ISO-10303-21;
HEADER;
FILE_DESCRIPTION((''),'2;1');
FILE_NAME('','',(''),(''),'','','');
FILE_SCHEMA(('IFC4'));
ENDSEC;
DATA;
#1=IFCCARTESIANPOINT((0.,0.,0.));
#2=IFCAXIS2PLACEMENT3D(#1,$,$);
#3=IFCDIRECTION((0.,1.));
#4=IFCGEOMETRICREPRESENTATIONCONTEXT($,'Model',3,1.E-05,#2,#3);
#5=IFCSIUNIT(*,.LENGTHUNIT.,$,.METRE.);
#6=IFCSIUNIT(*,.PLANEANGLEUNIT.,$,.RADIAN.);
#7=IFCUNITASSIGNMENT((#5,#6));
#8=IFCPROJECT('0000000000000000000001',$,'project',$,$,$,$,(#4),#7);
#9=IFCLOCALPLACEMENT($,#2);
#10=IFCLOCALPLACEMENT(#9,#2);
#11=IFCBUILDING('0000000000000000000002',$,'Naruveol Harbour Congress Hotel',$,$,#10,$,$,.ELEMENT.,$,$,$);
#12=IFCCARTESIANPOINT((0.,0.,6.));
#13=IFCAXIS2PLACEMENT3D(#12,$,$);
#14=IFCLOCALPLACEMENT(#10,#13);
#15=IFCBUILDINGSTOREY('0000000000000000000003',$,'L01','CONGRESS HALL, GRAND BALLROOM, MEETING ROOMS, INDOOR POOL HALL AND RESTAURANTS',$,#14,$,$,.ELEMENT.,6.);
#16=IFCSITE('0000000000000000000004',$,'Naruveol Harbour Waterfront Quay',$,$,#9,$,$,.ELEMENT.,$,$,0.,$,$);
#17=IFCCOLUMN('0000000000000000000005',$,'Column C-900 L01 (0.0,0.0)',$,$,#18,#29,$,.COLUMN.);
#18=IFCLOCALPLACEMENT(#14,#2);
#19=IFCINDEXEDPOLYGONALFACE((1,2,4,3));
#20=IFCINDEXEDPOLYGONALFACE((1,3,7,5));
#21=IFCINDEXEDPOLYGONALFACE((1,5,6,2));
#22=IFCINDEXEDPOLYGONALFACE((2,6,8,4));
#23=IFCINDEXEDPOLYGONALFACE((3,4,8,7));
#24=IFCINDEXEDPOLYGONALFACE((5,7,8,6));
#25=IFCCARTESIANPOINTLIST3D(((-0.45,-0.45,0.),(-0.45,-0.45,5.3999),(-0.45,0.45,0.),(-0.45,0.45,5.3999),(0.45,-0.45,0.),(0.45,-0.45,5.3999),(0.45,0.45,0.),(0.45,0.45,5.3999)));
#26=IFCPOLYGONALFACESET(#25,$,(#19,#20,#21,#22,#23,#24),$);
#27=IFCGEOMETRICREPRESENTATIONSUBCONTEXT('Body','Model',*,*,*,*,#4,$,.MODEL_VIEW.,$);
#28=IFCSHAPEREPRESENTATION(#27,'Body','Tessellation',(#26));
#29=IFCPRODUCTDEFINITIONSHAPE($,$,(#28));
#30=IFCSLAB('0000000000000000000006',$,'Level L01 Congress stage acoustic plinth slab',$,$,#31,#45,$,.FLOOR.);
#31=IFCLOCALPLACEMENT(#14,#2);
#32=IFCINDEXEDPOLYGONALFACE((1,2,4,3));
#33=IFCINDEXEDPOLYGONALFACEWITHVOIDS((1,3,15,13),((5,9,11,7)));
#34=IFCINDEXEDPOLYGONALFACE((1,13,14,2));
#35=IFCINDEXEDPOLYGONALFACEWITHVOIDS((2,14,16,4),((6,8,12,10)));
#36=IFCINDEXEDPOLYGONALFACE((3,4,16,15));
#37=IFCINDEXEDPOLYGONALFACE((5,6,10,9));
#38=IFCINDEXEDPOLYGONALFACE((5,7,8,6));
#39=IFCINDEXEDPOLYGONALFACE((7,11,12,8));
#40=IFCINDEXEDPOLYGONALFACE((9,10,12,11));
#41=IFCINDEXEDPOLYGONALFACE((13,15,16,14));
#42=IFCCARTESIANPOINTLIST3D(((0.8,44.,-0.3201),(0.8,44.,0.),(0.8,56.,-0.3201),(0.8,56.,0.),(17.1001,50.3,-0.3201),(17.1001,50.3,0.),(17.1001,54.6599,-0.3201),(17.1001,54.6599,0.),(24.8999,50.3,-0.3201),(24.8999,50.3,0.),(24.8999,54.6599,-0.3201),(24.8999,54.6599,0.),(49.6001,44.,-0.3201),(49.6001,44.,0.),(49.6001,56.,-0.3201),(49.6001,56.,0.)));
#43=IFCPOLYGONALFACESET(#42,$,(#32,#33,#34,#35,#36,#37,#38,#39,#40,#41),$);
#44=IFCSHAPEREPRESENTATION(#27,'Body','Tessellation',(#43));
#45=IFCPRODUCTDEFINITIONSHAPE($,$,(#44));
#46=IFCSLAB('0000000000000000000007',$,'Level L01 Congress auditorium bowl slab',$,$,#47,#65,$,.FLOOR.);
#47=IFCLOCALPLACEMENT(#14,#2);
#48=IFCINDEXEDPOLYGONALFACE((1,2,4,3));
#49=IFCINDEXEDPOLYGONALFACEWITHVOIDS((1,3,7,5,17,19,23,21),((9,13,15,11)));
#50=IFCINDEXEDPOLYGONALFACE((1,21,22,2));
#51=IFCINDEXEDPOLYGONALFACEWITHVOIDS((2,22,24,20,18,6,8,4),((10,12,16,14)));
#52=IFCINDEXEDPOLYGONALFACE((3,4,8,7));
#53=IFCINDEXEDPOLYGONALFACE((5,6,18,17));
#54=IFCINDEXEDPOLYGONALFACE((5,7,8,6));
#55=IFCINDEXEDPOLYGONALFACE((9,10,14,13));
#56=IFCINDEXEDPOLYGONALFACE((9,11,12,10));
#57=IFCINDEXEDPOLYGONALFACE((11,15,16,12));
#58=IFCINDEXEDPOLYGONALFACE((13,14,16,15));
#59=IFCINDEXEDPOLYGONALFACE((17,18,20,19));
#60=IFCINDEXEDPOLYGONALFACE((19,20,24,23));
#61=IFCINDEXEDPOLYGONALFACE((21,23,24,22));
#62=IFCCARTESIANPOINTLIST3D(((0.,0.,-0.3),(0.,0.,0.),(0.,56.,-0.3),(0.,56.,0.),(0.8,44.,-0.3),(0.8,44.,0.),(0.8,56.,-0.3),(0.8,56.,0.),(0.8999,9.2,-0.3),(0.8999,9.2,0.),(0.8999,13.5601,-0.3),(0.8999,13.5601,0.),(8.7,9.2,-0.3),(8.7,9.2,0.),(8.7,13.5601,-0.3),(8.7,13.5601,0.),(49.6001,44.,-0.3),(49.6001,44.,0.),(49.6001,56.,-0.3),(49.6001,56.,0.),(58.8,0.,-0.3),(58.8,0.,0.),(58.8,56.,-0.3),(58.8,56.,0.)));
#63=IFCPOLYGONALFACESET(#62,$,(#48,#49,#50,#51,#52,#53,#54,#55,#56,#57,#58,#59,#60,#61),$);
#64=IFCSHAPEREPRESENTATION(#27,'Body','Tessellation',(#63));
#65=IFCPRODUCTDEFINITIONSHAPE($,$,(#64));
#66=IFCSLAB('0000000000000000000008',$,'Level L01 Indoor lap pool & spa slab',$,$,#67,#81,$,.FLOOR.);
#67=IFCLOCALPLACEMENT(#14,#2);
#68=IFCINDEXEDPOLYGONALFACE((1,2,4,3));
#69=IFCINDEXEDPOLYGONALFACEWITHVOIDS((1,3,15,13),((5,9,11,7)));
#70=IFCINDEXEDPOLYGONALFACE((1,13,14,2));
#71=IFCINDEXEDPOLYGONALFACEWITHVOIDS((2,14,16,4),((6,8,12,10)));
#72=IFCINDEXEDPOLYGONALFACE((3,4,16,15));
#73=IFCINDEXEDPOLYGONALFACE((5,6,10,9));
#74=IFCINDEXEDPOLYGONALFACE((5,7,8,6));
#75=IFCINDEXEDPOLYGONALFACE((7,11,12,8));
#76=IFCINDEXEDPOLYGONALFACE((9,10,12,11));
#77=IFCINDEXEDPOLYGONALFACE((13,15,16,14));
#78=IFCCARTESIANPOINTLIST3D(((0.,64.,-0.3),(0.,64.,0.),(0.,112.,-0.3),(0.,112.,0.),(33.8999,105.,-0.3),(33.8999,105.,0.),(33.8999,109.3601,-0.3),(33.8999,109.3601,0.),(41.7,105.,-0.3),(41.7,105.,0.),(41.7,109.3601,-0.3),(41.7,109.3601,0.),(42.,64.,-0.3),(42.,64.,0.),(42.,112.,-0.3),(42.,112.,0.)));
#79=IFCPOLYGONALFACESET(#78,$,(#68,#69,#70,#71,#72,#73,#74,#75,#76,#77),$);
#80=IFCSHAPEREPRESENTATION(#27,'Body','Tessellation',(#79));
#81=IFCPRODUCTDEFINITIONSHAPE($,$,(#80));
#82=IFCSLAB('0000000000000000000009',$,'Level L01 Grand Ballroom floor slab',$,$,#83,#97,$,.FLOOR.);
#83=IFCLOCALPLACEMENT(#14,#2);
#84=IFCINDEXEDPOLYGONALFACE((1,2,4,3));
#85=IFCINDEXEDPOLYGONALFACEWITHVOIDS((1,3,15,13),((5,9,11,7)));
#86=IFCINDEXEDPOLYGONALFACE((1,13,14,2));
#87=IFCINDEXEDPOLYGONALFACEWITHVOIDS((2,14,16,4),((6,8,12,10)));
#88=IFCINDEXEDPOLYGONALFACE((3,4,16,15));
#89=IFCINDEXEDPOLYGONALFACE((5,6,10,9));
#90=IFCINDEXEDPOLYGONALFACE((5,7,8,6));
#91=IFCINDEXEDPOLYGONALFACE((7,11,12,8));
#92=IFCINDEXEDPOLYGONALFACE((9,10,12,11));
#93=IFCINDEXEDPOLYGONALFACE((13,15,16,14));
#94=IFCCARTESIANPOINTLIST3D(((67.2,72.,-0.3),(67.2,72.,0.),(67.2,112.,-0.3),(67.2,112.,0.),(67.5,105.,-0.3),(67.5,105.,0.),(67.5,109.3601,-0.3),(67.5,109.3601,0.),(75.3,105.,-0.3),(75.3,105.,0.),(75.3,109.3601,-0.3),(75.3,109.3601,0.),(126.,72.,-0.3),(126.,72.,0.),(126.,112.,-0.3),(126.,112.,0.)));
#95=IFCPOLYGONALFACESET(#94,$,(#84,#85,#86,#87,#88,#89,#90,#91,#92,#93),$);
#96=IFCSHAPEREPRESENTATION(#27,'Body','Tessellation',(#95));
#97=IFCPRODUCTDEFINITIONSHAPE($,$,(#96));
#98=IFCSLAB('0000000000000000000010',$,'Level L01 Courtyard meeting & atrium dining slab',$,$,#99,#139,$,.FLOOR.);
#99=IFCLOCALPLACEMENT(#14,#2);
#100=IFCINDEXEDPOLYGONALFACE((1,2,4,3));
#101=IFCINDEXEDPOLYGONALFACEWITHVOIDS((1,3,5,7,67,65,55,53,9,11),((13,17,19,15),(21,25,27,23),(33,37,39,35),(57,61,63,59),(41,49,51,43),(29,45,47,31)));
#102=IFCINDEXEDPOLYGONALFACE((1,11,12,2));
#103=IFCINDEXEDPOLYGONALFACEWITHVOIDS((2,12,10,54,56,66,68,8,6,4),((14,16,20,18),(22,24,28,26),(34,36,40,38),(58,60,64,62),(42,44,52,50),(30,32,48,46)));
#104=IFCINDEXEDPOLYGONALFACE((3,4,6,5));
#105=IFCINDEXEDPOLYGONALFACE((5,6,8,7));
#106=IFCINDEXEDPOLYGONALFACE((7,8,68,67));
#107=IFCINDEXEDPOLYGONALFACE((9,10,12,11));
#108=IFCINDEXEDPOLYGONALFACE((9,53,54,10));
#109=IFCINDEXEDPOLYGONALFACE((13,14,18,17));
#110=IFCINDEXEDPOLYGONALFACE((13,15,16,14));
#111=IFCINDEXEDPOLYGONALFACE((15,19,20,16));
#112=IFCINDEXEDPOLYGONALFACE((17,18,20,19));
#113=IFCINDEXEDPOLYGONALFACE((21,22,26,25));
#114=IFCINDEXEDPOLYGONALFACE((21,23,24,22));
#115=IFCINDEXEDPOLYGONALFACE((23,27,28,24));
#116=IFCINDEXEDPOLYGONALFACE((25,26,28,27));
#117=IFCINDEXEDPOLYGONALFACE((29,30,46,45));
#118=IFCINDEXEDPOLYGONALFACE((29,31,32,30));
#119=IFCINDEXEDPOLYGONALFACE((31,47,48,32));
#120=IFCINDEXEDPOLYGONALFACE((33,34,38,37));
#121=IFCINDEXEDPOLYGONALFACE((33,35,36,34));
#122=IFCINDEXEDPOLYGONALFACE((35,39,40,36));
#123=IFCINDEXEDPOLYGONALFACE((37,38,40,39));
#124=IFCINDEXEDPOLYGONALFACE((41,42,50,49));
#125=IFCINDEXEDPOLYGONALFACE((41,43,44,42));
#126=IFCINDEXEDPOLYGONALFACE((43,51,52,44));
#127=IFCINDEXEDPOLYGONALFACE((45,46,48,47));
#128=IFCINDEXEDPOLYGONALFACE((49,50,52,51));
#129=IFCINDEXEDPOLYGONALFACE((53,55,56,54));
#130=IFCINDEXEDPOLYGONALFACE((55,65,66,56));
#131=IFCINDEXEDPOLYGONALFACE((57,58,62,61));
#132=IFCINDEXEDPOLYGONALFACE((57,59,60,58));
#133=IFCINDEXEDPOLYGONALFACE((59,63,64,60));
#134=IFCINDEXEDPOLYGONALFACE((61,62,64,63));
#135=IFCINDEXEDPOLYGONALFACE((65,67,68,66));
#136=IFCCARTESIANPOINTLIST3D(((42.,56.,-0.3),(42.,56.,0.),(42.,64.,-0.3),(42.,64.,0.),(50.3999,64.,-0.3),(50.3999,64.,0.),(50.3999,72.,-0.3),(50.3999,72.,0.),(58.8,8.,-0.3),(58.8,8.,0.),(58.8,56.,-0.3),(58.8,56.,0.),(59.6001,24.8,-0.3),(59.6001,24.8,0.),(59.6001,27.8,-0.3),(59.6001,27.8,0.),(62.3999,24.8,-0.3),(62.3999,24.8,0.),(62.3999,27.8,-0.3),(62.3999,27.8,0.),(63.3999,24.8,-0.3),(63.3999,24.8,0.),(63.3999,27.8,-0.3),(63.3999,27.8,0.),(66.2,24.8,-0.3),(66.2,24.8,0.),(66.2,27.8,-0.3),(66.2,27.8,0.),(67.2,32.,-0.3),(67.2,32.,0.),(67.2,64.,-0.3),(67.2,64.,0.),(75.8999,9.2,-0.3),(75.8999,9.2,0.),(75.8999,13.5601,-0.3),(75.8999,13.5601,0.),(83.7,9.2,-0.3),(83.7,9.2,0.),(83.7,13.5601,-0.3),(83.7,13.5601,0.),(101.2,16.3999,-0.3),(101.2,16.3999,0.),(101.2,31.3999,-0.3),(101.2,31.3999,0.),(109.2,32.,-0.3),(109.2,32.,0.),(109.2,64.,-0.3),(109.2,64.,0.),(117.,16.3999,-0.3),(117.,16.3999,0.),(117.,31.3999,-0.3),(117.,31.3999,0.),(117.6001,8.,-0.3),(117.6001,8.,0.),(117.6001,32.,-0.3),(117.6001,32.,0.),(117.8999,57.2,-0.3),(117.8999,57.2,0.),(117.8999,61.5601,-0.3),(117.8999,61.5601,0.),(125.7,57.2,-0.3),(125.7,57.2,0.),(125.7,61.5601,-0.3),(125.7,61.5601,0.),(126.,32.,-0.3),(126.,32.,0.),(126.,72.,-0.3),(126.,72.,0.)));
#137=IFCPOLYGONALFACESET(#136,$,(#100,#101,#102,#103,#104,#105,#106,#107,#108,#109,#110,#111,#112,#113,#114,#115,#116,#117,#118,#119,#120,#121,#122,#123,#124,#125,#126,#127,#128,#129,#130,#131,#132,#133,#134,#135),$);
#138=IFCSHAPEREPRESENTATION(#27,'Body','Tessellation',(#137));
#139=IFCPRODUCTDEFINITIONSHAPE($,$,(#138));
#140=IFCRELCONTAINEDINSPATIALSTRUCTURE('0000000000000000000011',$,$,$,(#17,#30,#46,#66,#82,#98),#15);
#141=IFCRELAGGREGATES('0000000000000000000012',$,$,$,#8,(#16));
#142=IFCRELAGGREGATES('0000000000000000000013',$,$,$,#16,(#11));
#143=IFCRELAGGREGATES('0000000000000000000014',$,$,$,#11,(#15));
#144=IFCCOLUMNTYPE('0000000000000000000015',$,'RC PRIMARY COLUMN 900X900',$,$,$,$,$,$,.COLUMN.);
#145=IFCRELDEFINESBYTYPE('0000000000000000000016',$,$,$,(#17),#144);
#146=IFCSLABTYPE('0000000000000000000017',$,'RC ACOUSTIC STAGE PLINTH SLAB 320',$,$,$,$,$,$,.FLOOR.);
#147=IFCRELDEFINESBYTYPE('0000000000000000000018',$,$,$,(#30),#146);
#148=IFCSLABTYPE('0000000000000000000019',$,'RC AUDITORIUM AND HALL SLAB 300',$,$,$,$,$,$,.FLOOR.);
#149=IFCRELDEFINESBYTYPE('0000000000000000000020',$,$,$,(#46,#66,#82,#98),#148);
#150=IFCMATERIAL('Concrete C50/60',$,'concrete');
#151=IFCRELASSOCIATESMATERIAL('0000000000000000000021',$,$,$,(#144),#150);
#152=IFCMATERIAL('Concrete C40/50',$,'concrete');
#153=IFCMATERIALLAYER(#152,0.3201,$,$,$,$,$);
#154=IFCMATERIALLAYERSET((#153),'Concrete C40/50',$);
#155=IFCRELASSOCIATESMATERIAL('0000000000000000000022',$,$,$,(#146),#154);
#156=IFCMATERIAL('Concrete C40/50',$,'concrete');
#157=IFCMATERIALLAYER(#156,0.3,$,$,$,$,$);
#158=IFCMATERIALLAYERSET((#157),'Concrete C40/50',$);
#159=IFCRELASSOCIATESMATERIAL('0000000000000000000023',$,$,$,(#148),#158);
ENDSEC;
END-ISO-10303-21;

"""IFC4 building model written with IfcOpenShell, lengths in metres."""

from ifc_helpers import new_model, si_unit, direction, frame, origin, origin_with_axes, origin_2d, place, context, subcontext, project, spatial, polyline, rectangle, outline, extrude, material, layer, layer_set, material_profile, profile_set, type_object, element, save


model = new_model("IFC4")

# Units and contexts
model_context = context("Model", 3, precision=1e-05, world=origin(), true_north=direction((0.0, 1.0)))
body_context = subcontext(model_context, "Body", "Model", "MODEL_VIEW")
ifc_project = project(units=[si_unit("LENGTHUNIT", "METRE"), si_unit("PLANEANGLEUNIT", "RADIAN")], contexts=[model_context])

# Site, building, storey
site_placement = place(None, origin())
site = spatial("IfcSite", under=ifc_project, at=site_placement, Name="Naruveol Harbour Waterfront Quay", CompositionType="ELEMENT", RefElevation=0.0)
building_placement = place(site_placement, origin())
building = spatial("IfcBuilding", under=site, at=building_placement, Name="Naruveol Harbour Congress Hotel", CompositionType="ELEMENT")
storey_placement = place(building_placement, frame((0.0, 0.0, 6.0)))
storey = spatial("IfcBuildingStorey", under=building, at=storey_placement, Name="L01", Description="CONGRESS HALL, GRAND BALLROOM, MEETING ROOMS, INDOOR POOL HALL AND RESTAURANTS", CompositionType="ELEMENT", Elevation=6.0)

# Column
ifc_material_1 = material(Name="Concrete C50/60", Category="concrete")
ifc_material_profile = material_profile(ifc_material_1, rectangle(XDim=0.8999, YDim=0.8999, at=origin_2d()), Name="RC-900x900")
ifc_profile_set = profile_set([ifc_material_profile], Name="Concrete C50/60")
column_type = type_object("IfcColumnType", Name="RC PRIMARY COLUMN 900X900", PredefinedType="COLUMN", material=ifc_profile_set)
column_placement = place(storey_placement, origin_with_axes())
element("IfcColumn", 1, at=column_placement, inside=storey, type_object=column_type, Name="Column C-900 L01 (0.0,0.0)", PredefinedType="COLUMN", context=body_context, shape_type="SweptSolid", body=[
    extrude(rectangle(XDim=0.8999, YDim=0.8999, at=origin_2d()), origin(), (0.0, 0.0, 1.0), 5.3999),
])

# Slabs
ifc_material_2 = material(Name="Concrete C40/50", Category="concrete")
ifc_layer_1 = layer(ifc_material_2, 0.3201)
ifc_layer_set_1 = layer_set([ifc_layer_1], Name="Concrete C40/50")
slab_type_1 = type_object("IfcSlabType", Name="RC ACOUSTIC STAGE PLINTH SLAB 320", PredefinedType="FLOOR", material=ifc_layer_set_1)
slab_1_placement = place(storey_placement, frame((0.0, 0.0, -0.3201)))
element("IfcSlab", 2, at=slab_1_placement, inside=storey, type_object=slab_type_1, Name="Level L01 Congress stage acoustic plinth slab", PredefinedType="FLOOR", context=body_context, shape_type="SweptSolid", body=[
    extrude(outline(polyline([(0.8, 44.0), (49.6001, 44.0), (49.6001, 56.0), (0.8, 56.0), (0.8, 44.0)]), holes=[polyline([(17.1001, 50.3), (24.8999, 50.3), (24.8999, 54.6599), (17.1001, 54.6599), (17.1001, 50.3)])]), origin(), (0.0, 0.0, 1.0), 0.3201),
])
ifc_material_3 = material(Name="Concrete C40/50", Category="concrete")
ifc_layer_2 = layer(ifc_material_3, 0.3)
ifc_layer_set_2 = layer_set([ifc_layer_2], Name="Concrete C40/50")
slab_type_2 = type_object("IfcSlabType", Name="RC AUDITORIUM AND HALL SLAB 300", PredefinedType="FLOOR", material=ifc_layer_set_2)
slab_2_placement = place(storey_placement, frame((0.0, 0.0, -0.3)))
element("IfcSlab", 3, at=slab_2_placement, inside=storey, type_object=slab_type_2, Name="Level L01 Congress auditorium bowl slab", PredefinedType="FLOOR", context=body_context, shape_type="SweptSolid", body=[
    extrude(outline(polyline([(0.0, 0.0), (58.8, 0.0), (58.8, 56.0), (49.6001, 56.0), (49.6001, 44.0), (0.8, 44.0), (0.8, 56.0), (0.0, 56.0), (0.0, 0.0)]), holes=[polyline([(0.8999, 9.2), (8.7, 9.2), (8.7, 13.5601), (0.8999, 13.5601), (0.8999, 9.2)])]), origin(), (0.0, 0.0, 1.0), 0.3),
])
slab_3_placement = place(storey_placement, frame((0.0, 0.0, -0.3)))
element("IfcSlab", 4, at=slab_3_placement, inside=storey, type_object=slab_type_2, Name="Level L01 Indoor lap pool & spa slab", PredefinedType="FLOOR", context=body_context, shape_type="SweptSolid", body=[
    extrude(outline(polyline([(0.0, 64.0), (42.0, 64.0), (42.0, 112.0), (0.0, 112.0), (0.0, 64.0)]), holes=[polyline([(33.8999, 105.0), (41.7, 105.0), (41.7, 109.3601), (33.8999, 109.3601), (33.8999, 105.0)])]), origin(), (0.0, 0.0, 1.0), 0.3),
])
slab_4_placement = place(storey_placement, frame((0.0, 0.0, -0.3)))
element("IfcSlab", 5, at=slab_4_placement, inside=storey, type_object=slab_type_2, Name="Level L01 Grand Ballroom floor slab", PredefinedType="FLOOR", context=body_context, shape_type="SweptSolid", body=[
    extrude(outline(polyline([(67.2, 72.0), (126.0, 72.0), (126.0, 112.0), (67.2, 112.0), (67.2, 72.0)]), holes=[polyline([(67.5, 105.0), (75.3, 105.0), (75.3, 109.3601), (67.5, 109.3601), (67.5, 105.0)])]), origin(), (0.0, 0.0, 1.0), 0.3),
])
slab_5_placement = place(storey_placement, frame((0.0, 0.0, -0.3)))
element("IfcSlab", 6, at=slab_5_placement, inside=storey, type_object=slab_type_2, Name="Level L01 Courtyard meeting & atrium dining slab", PredefinedType="FLOOR", context=body_context, shape_type="SweptSolid", body=[
    extrude(outline(polyline([(58.8, 8.0), (117.6001, 8.0), (117.6001, 32.0), (126.0, 32.0), (126.0, 72.0), (50.3999, 72.0), (50.3999, 64.0), (42.0, 64.0), (42.0, 56.0), (58.8, 56.0), (58.8, 8.0)]), holes=[polyline([(67.2, 32.0), (109.2, 32.0), (109.2, 64.0), (67.2, 64.0), (67.2, 32.0)]), polyline([(101.2, 16.3999), (117.0, 16.3999), (117.0, 31.3999), (101.2, 31.3999), (101.2, 16.3999)]), polyline([(117.8999, 57.2), (125.7, 57.2), (125.7, 61.5601), (117.8999, 61.5601), (117.8999, 57.2)]), polyline([(75.8999, 9.2), (83.7, 9.2), (83.7, 13.5601), (75.8999, 13.5601), (75.8999, 9.2)]), polyline([(59.6001, 24.8), (62.3999, 24.8), (62.3999, 27.8), (59.6001, 27.8), (59.6001, 24.8)]), polyline([(63.3999, 24.8), (66.2, 24.8), (66.2, 27.8), (63.3999, 27.8), (63.3999, 24.8)])]), origin(), (0.0, 0.0, 1.0), 0.3),
])

save(model, "model.ifc")
